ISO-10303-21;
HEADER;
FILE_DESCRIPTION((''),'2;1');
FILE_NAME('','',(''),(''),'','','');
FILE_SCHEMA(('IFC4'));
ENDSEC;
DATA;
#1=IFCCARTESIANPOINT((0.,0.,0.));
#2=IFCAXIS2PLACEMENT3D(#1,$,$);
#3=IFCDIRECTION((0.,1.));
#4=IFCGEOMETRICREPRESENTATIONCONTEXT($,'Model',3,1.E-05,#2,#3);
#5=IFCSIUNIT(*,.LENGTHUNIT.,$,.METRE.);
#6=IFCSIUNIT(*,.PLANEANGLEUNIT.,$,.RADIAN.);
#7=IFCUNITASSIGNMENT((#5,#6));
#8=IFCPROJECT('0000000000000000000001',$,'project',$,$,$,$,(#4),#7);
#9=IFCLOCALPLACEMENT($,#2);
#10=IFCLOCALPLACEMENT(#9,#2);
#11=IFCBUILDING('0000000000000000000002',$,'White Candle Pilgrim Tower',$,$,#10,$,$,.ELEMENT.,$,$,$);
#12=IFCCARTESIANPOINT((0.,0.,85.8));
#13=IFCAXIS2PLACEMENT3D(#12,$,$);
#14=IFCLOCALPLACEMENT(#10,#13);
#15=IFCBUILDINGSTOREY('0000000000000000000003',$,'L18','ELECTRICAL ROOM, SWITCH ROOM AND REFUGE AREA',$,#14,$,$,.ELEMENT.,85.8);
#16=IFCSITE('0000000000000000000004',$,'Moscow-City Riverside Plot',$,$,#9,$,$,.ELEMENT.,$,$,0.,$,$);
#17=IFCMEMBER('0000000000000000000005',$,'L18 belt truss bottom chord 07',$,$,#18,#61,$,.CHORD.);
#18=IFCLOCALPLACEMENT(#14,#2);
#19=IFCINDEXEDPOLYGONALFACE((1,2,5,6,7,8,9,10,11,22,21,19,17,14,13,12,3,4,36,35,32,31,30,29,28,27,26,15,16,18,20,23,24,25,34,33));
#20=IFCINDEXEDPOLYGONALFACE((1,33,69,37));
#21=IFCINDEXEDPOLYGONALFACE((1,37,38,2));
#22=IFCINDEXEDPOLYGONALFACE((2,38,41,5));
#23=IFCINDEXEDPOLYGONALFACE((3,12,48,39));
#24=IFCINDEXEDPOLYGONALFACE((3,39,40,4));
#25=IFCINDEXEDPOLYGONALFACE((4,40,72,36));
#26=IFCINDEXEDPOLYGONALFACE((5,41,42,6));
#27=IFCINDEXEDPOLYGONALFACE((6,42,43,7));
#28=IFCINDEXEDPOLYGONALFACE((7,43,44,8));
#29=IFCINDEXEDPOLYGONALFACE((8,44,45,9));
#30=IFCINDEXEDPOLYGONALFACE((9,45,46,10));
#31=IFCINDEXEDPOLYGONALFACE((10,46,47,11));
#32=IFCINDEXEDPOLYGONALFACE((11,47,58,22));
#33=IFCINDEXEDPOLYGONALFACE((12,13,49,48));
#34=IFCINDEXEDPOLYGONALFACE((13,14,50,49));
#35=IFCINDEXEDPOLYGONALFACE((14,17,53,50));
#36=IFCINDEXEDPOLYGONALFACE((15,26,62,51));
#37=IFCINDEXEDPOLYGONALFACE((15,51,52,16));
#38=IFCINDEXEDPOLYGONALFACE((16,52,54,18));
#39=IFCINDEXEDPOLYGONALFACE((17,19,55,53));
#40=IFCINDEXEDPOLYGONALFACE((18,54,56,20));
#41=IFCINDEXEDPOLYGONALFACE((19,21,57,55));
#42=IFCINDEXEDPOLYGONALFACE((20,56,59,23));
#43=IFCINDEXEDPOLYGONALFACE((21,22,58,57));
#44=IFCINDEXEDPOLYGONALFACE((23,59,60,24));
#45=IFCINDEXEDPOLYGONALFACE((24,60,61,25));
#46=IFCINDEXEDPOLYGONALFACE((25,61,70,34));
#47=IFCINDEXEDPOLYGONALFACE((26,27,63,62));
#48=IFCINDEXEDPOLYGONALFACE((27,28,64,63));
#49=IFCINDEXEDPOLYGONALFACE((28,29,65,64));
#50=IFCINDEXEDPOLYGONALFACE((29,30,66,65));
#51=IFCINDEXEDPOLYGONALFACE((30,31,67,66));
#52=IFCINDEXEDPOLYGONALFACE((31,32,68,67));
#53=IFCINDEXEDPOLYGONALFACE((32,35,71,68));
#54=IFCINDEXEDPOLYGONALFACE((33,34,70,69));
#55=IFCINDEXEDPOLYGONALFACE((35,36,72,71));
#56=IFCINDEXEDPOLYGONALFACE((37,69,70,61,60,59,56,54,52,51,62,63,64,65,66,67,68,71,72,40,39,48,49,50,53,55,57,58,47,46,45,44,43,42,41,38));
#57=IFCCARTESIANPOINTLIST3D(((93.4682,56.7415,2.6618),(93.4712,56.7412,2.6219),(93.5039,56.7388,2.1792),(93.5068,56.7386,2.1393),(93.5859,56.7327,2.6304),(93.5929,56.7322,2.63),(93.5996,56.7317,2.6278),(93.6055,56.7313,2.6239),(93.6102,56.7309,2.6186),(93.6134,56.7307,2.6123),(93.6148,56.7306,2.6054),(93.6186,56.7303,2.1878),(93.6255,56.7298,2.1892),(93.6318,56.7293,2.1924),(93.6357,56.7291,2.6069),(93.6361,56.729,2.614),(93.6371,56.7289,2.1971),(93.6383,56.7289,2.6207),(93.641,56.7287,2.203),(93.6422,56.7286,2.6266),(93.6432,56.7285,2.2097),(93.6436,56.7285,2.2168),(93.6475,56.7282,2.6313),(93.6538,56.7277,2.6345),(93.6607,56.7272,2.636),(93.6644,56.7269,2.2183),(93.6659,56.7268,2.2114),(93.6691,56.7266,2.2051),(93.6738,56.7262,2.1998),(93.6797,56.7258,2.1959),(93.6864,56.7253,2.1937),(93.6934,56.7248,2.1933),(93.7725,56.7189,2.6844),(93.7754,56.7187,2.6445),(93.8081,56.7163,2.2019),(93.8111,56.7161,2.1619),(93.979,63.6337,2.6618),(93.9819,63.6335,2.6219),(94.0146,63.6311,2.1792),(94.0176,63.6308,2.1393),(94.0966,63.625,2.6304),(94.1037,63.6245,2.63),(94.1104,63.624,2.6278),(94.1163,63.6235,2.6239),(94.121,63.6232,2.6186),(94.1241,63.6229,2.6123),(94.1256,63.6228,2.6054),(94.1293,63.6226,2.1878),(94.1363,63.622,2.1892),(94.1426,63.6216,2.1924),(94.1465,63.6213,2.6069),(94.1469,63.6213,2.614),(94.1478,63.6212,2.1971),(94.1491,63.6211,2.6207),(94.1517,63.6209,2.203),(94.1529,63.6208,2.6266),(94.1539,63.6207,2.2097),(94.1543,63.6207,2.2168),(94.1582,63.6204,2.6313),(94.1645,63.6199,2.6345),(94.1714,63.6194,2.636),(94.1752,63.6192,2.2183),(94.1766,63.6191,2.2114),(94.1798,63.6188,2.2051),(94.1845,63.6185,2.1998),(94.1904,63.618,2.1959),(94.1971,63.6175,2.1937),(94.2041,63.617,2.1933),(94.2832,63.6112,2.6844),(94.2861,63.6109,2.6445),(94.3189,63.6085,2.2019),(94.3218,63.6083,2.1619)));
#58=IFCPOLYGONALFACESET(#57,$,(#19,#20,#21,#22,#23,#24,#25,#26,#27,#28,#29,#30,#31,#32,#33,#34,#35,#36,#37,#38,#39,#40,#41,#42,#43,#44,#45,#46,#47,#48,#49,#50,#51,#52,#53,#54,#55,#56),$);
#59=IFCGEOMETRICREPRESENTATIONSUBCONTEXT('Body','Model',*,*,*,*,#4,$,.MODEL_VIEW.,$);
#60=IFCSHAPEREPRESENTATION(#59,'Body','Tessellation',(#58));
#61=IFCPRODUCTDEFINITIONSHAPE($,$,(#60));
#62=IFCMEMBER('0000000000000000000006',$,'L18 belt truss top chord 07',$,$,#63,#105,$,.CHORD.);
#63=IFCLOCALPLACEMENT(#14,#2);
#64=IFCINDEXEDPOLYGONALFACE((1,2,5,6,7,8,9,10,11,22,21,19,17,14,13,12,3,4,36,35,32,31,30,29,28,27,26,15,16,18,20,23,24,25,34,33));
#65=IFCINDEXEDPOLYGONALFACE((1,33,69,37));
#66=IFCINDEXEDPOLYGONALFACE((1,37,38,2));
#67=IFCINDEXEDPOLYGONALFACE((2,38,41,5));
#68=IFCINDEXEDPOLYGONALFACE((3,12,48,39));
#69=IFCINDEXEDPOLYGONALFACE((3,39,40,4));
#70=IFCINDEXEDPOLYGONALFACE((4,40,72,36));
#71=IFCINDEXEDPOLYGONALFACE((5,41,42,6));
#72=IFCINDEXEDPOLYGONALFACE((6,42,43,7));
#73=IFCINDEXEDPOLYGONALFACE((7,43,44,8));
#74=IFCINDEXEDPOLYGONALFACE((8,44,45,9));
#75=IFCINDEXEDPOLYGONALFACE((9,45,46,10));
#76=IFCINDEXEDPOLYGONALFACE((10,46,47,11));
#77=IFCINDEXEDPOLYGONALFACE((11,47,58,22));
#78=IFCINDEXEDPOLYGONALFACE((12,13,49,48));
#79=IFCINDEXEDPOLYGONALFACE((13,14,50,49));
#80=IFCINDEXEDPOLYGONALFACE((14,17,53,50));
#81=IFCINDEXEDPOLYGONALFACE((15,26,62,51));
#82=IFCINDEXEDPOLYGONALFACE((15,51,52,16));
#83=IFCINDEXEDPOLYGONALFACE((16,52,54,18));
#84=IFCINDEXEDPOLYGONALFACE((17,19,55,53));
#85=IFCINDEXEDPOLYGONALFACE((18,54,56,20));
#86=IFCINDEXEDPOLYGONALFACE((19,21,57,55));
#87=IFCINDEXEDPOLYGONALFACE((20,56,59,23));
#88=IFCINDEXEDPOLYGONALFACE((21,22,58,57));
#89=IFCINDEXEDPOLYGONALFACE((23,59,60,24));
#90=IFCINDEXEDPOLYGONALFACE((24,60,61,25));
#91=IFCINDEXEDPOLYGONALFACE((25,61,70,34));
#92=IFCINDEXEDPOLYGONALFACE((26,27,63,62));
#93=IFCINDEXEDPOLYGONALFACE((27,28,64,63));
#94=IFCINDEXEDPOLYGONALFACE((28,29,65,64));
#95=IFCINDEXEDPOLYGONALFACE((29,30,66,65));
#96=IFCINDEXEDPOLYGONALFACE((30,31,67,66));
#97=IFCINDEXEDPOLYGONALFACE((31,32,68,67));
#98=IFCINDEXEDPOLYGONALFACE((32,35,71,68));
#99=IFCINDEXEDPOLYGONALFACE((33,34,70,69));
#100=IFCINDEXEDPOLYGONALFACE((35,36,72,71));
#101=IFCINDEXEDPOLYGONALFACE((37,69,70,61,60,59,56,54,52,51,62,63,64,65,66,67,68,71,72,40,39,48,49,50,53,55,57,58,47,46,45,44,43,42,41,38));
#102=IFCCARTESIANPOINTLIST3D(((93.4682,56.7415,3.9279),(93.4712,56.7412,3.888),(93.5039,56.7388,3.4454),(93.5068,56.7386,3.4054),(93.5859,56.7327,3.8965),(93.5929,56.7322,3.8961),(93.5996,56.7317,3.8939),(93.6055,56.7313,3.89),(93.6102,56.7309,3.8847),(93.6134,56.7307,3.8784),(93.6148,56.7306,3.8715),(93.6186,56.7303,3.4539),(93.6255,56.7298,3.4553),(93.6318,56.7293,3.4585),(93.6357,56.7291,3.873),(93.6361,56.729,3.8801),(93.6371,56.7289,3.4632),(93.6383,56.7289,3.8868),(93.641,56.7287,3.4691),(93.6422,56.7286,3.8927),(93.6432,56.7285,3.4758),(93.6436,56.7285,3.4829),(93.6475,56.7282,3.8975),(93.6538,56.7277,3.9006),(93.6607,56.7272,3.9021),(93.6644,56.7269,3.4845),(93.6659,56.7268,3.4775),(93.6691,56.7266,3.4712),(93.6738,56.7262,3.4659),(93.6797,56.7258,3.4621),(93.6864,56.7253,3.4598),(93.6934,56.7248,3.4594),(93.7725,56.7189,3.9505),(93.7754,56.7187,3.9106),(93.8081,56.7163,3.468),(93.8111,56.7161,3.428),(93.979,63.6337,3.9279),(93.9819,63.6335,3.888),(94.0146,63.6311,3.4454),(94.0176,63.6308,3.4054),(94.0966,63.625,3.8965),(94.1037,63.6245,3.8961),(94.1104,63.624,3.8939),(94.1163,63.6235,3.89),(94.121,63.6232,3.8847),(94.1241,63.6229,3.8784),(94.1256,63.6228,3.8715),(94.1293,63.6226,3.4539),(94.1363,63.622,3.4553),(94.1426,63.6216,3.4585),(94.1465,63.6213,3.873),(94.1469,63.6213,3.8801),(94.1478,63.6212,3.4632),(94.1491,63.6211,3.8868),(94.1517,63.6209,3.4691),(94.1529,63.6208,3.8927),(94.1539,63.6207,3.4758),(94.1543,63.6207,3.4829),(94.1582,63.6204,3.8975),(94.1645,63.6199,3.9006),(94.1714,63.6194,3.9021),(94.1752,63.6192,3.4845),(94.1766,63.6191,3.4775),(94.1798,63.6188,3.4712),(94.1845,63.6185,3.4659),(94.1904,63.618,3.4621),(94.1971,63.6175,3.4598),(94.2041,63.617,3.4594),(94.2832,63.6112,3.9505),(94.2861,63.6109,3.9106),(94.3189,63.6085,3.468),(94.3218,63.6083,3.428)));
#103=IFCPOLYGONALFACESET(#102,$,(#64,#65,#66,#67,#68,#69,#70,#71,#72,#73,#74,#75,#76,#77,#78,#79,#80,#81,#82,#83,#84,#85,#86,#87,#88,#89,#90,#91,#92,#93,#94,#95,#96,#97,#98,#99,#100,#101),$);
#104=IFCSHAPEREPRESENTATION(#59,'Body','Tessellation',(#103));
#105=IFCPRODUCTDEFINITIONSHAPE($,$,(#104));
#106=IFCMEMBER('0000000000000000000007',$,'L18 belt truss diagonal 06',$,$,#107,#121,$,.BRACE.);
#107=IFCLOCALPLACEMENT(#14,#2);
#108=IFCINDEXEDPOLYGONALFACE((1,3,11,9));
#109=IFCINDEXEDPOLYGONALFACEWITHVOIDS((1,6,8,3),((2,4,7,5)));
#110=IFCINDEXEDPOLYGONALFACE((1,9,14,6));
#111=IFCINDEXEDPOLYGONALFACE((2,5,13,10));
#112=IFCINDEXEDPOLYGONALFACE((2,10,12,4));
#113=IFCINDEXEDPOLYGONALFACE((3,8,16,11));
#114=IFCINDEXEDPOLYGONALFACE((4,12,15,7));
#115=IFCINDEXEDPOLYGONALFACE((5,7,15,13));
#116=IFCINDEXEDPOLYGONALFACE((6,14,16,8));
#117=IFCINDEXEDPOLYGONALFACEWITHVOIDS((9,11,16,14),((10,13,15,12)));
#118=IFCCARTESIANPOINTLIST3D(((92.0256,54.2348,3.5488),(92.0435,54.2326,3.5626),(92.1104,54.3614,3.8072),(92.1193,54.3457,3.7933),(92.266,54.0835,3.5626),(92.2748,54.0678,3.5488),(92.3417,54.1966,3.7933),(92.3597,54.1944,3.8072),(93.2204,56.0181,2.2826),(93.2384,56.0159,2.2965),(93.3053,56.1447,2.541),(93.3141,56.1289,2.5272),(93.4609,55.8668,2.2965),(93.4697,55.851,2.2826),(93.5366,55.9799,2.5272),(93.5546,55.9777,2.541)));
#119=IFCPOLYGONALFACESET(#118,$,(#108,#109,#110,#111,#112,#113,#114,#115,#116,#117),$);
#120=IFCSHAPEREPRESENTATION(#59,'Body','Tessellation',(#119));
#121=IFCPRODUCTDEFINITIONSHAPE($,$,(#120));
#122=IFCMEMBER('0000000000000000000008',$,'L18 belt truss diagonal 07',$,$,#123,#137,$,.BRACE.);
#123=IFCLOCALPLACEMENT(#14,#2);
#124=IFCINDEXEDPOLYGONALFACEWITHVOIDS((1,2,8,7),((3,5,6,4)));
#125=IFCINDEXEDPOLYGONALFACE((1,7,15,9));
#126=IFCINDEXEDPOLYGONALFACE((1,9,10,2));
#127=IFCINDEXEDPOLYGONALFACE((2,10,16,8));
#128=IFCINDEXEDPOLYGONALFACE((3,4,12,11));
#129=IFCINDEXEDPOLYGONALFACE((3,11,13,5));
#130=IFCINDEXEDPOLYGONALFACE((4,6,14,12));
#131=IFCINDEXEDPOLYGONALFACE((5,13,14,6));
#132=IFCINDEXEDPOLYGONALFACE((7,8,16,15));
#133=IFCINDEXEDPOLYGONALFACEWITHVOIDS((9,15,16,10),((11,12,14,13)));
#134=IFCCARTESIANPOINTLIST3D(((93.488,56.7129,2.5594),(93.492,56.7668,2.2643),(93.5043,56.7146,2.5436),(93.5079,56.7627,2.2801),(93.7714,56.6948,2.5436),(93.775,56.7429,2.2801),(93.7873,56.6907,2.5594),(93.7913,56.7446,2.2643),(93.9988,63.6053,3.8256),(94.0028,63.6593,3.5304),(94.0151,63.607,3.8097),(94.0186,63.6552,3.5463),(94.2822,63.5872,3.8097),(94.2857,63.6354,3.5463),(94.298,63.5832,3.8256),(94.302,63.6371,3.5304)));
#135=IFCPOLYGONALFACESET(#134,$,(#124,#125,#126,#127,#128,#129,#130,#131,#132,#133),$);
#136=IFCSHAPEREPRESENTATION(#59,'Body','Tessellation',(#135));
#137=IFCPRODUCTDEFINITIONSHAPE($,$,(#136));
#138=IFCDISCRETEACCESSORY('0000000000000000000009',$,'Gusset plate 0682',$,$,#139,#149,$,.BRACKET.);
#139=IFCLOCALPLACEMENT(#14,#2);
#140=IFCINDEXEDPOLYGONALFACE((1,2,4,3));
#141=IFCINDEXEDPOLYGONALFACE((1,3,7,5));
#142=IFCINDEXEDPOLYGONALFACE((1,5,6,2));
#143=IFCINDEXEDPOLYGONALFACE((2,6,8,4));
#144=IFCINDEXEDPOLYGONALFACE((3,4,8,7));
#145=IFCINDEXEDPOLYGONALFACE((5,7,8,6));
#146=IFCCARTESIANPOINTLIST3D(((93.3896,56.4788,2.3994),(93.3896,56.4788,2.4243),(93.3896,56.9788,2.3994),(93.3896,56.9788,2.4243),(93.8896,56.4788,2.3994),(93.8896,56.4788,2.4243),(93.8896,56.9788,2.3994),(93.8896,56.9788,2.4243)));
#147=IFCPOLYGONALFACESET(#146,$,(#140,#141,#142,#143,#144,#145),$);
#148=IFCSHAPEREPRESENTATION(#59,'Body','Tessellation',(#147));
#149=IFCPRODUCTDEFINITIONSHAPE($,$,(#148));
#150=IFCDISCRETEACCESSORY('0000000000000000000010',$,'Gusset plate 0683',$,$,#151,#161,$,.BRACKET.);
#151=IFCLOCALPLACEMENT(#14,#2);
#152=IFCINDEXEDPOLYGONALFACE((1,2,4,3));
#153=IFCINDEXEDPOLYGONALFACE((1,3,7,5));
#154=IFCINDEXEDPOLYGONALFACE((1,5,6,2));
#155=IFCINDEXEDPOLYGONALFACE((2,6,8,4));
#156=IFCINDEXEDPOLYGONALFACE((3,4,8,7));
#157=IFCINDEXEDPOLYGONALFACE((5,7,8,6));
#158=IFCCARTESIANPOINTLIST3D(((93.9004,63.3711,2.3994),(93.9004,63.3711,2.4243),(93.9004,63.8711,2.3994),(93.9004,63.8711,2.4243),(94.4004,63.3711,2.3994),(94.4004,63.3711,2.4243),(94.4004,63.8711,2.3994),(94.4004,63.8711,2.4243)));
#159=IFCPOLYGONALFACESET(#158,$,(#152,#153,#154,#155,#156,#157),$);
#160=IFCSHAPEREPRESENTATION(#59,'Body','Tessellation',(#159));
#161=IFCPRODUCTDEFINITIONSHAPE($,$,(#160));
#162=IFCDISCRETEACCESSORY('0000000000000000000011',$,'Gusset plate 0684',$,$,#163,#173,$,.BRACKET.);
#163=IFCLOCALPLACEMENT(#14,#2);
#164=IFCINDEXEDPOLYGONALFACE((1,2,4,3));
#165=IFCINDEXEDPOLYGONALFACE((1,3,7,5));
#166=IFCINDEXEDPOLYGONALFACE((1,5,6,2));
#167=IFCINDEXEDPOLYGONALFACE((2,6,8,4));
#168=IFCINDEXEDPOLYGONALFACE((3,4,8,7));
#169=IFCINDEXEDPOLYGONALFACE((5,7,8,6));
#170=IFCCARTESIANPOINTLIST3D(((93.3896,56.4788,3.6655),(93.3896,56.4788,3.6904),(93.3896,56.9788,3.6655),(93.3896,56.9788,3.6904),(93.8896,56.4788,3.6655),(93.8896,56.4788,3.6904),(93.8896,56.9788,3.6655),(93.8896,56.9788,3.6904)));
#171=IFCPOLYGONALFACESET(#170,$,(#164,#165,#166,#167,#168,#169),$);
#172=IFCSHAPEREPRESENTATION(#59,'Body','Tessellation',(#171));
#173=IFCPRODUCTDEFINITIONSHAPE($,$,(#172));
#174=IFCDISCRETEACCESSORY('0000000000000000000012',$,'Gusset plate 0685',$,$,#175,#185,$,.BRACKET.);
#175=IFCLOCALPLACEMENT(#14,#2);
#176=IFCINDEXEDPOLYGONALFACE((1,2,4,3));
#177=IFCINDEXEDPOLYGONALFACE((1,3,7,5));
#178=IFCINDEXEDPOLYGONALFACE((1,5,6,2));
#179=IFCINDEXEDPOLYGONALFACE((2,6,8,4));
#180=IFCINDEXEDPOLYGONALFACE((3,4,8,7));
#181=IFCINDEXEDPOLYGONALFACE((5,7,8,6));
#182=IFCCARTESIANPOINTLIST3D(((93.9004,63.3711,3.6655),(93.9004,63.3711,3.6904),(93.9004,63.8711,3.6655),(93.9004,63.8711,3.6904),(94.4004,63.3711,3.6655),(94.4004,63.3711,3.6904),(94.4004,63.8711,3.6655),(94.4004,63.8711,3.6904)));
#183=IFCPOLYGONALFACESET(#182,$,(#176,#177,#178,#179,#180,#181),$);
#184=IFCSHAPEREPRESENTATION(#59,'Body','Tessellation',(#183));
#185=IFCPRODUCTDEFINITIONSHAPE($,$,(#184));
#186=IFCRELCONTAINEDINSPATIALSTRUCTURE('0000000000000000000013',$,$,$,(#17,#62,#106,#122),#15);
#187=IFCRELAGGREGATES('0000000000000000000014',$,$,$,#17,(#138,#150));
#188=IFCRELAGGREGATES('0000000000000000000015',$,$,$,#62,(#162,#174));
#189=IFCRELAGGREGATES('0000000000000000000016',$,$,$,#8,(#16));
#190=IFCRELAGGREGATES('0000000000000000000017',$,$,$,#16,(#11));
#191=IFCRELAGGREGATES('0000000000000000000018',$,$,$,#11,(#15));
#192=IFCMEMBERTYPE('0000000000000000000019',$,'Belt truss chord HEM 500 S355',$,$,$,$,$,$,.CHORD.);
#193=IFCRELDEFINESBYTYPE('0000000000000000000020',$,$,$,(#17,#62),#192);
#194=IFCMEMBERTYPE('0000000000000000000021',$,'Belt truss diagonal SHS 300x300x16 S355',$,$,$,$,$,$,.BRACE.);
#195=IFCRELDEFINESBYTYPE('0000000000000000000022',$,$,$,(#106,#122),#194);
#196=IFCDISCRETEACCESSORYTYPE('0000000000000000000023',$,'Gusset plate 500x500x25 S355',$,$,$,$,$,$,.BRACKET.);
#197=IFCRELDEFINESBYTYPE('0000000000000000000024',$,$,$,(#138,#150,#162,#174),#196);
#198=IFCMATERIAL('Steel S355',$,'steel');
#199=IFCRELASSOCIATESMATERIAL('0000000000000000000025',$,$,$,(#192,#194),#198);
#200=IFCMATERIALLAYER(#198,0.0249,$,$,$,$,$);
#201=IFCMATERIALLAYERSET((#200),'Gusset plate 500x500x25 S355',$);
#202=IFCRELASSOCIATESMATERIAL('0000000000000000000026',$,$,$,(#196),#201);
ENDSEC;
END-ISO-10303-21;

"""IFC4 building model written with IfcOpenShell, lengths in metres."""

from ifc_helpers import new_model, si_unit, direction, frame, origin, origin_2d, place, context, subcontext, project, spatial, rectangle, hollow_rectangle, i_section, extrude, material, layer, layer_set, material_profile, profile_set, type_object, element, aggregate, save


model = new_model("IFC4")

# Units and contexts
model_context = context("Model", 3, precision=1e-05, world=origin(), true_north=direction((0.0, 1.0)))
body_context = subcontext(model_context, "Body", "Model", "MODEL_VIEW")
ifc_project = project(units=[si_unit("LENGTHUNIT", "METRE"), si_unit("PLANEANGLEUNIT", "RADIAN")], contexts=[model_context])

# Site, building, storey
site_placement = place(None, origin())
site = spatial("IfcSite", under=ifc_project, at=site_placement, Name="Moscow-City Riverside Plot", CompositionType="ELEMENT", RefElevation=0.0)
building_placement = place(site_placement, origin())
building = spatial("IfcBuilding", under=site, at=building_placement, Name="White Candle Pilgrim Tower", CompositionType="ELEMENT")
storey_placement = place(building_placement, frame((0.0, 0.0, 85.8)))
storey = spatial("IfcBuildingStorey", under=building, at=storey_placement, Name="L18", Description="ELECTRICAL ROOM, SWITCH ROOM AND REFUGE AREA", CompositionType="ELEMENT", Elevation=85.8)

# Members
ifc_material_1 = material(Name="Steel S355", Category="steel")
ifc_material_profile_1 = material_profile(ifc_material_1, i_section(OverallWidth=0.3059, OverallDepth=0.5239, WebThickness=0.021, FlangeThickness=0.04, FilletRadius=0.0271, at=origin_2d()), Name="HEM 500")
ifc_profile_set_1 = profile_set([ifc_material_profile_1], Name="Steel S355")
member_type_1 = type_object("IfcMemberType", Name="Belt truss chord HEM 500 S355", PredefinedType="CHORD", material=ifc_profile_set_1)
member_1_placement = place(storey_placement, frame((93.6396, 56.7288, 2.4119), z_axis=(0.0739, 0.997266, 0.0), x_axis=(0.994538, -0.073698, 0.073908)))
member_1 = element("IfcMember", 1, at=member_1_placement, inside=storey, type_object=member_type_1, Name="L18 belt truss bottom chord 07", PredefinedType="CHORD", context=body_context, shape_type="SweptSolid", body=[
    extrude(i_section(OverallWidth=0.3059, OverallDepth=0.5239, WebThickness=0.021, FlangeThickness=0.04, FilletRadius=0.0271, at=origin_2d()), origin(), (0.0, 0.0, 1.0), 6.9111),
])
member_2_placement = place(storey_placement, frame((93.6396, 56.7288, 3.678), z_axis=(0.0739, 0.997266, 0.0), x_axis=(0.994538, -0.073698, 0.073908)))
member_2 = element("IfcMember", 2, at=member_2_placement, inside=storey, type_object=member_type_1, Name="L18 belt truss top chord 07", PredefinedType="CHORD", context=body_context, shape_type="SweptSolid", body=[
    extrude(i_section(OverallWidth=0.3059, OverallDepth=0.5239, WebThickness=0.021, FlangeThickness=0.04, FilletRadius=0.0271, at=origin_2d()), origin(), (0.0, 0.0, 1.0), 6.9111),
])

# Members
ifc_material_profile_2 = material_profile(ifc_material_1, hollow_rectangle(XDim=0.3, YDim=0.3, WallThickness=0.0161, at=origin_2d()), Name="SHS 300x300x16")
ifc_profile_set_2 = profile_set([ifc_material_profile_2], Name="Steel S355")
member_type_2 = type_object("IfcMemberType", Name="Belt truss diagonal SHS 300x300x16 S355", PredefinedType="BRACE", material=ifc_profile_set_2)
member_3_placement = place(storey_placement, frame((92.1926, 54.2146, 3.678), z_axis=(0.479449, 0.715548, -0.508055), x_axis=(-0.830753, 0.556641, 0.0)))
element("IfcMember", 3, at=member_3_placement, inside=storey, type_object=member_type_2, Name="L18 belt truss diagonal 06", PredefinedType="BRACE", context=body_context, shape_type="SweptSolid", body=[
    extrude(hollow_rectangle(XDim=0.3, YDim=0.3, WallThickness=0.0161, at=origin_2d()), origin(), (0.0, 0.0, 1.0), 2.4922),
])
member_4_placement = place(storey_placement, frame((93.6396, 56.7288, 2.4119), z_axis=(0.072691, 0.980941, 0.180198), x_axis=(-0.997266, 0.0739, 0.0)))
element("IfcMember", 4, at=member_4_placement, inside=storey, type_object=member_type_2, Name="L18 belt truss diagonal 07", PredefinedType="BRACE", context=body_context, shape_type="SweptSolid", body=[
    extrude(hollow_rectangle(XDim=0.3, YDim=0.3, WallThickness=0.0161, at=origin_2d()), origin(), (0.0, 0.0, 1.0), 7.0264),
])

# Discrete accessories
ifc_layer_1 = layer(ifc_material_1, 0.0249)
ifc_layer_set_1 = layer_set([ifc_layer_1], Name="Gusset plate 500x500x25 S355")
discrete_accessory_type = type_object("IfcDiscreteAccessoryType", Name="Gusset plate 500x500x25 S355", PredefinedType="BRACKET", material=ifc_layer_set_1)
discrete_accessory_1_placement = place(storey_placement, frame((93.6396, 56.7288, 2.3994), z_axis=(0.0, 0.0, 1.0), x_axis=(1.0, 0.0, 0.0)))
discrete_accessory_1 = element("IfcDiscreteAccessory", 5, at=discrete_accessory_1_placement, type_object=discrete_accessory_type, Name="Gusset plate 0682", PredefinedType="BRACKET", context=body_context, shape_type="SweptSolid", body=[
    extrude(rectangle(XDim=0.5, YDim=0.5, at=origin_2d()), origin(), (0.0, 0.0, 1.0), 0.0249),
])
discrete_accessory_2_placement = place(storey_placement, frame((94.1504, 63.6211, 2.3994), z_axis=(0.0, 0.0, 1.0), x_axis=(1.0, 0.0, 0.0)))
discrete_accessory_2 = element("IfcDiscreteAccessory", 6, at=discrete_accessory_2_placement, type_object=discrete_accessory_type, Name="Gusset plate 0683", PredefinedType="BRACKET", context=body_context, shape_type="SweptSolid", body=[
    extrude(rectangle(XDim=0.5, YDim=0.5, at=origin_2d()), origin(), (0.0, 0.0, 1.0), 0.0249),
])
aggregate(member_1, [discrete_accessory_1, discrete_accessory_2])
discrete_accessory_3_placement = place(storey_placement, frame((93.6396, 56.7288, 3.6655), z_axis=(0.0, 0.0, 1.0), x_axis=(1.0, 0.0, 0.0)))
discrete_accessory_3 = element("IfcDiscreteAccessory", 7, at=discrete_accessory_3_placement, type_object=discrete_accessory_type, Name="Gusset plate 0684", PredefinedType="BRACKET", context=body_context, shape_type="SweptSolid", body=[
    extrude(rectangle(XDim=0.5, YDim=0.5, at=origin_2d()), origin(), (0.0, 0.0, 1.0), 0.0249),
])
discrete_accessory_4_placement = place(storey_placement, frame((94.1504, 63.6211, 3.6655), z_axis=(0.0, 0.0, 1.0), x_axis=(1.0, 0.0, 0.0)))
discrete_accessory_4 = element("IfcDiscreteAccessory", 8, at=discrete_accessory_4_placement, type_object=discrete_accessory_type, Name="Gusset plate 0685", PredefinedType="BRACKET", context=body_context, shape_type="SweptSolid", body=[
    extrude(rectangle(XDim=0.5, YDim=0.5, at=origin_2d()), origin(), (0.0, 0.0, 1.0), 0.0249),
])
aggregate(member_2, [discrete_accessory_3, discrete_accessory_4])

save(model, "model.ifc")
